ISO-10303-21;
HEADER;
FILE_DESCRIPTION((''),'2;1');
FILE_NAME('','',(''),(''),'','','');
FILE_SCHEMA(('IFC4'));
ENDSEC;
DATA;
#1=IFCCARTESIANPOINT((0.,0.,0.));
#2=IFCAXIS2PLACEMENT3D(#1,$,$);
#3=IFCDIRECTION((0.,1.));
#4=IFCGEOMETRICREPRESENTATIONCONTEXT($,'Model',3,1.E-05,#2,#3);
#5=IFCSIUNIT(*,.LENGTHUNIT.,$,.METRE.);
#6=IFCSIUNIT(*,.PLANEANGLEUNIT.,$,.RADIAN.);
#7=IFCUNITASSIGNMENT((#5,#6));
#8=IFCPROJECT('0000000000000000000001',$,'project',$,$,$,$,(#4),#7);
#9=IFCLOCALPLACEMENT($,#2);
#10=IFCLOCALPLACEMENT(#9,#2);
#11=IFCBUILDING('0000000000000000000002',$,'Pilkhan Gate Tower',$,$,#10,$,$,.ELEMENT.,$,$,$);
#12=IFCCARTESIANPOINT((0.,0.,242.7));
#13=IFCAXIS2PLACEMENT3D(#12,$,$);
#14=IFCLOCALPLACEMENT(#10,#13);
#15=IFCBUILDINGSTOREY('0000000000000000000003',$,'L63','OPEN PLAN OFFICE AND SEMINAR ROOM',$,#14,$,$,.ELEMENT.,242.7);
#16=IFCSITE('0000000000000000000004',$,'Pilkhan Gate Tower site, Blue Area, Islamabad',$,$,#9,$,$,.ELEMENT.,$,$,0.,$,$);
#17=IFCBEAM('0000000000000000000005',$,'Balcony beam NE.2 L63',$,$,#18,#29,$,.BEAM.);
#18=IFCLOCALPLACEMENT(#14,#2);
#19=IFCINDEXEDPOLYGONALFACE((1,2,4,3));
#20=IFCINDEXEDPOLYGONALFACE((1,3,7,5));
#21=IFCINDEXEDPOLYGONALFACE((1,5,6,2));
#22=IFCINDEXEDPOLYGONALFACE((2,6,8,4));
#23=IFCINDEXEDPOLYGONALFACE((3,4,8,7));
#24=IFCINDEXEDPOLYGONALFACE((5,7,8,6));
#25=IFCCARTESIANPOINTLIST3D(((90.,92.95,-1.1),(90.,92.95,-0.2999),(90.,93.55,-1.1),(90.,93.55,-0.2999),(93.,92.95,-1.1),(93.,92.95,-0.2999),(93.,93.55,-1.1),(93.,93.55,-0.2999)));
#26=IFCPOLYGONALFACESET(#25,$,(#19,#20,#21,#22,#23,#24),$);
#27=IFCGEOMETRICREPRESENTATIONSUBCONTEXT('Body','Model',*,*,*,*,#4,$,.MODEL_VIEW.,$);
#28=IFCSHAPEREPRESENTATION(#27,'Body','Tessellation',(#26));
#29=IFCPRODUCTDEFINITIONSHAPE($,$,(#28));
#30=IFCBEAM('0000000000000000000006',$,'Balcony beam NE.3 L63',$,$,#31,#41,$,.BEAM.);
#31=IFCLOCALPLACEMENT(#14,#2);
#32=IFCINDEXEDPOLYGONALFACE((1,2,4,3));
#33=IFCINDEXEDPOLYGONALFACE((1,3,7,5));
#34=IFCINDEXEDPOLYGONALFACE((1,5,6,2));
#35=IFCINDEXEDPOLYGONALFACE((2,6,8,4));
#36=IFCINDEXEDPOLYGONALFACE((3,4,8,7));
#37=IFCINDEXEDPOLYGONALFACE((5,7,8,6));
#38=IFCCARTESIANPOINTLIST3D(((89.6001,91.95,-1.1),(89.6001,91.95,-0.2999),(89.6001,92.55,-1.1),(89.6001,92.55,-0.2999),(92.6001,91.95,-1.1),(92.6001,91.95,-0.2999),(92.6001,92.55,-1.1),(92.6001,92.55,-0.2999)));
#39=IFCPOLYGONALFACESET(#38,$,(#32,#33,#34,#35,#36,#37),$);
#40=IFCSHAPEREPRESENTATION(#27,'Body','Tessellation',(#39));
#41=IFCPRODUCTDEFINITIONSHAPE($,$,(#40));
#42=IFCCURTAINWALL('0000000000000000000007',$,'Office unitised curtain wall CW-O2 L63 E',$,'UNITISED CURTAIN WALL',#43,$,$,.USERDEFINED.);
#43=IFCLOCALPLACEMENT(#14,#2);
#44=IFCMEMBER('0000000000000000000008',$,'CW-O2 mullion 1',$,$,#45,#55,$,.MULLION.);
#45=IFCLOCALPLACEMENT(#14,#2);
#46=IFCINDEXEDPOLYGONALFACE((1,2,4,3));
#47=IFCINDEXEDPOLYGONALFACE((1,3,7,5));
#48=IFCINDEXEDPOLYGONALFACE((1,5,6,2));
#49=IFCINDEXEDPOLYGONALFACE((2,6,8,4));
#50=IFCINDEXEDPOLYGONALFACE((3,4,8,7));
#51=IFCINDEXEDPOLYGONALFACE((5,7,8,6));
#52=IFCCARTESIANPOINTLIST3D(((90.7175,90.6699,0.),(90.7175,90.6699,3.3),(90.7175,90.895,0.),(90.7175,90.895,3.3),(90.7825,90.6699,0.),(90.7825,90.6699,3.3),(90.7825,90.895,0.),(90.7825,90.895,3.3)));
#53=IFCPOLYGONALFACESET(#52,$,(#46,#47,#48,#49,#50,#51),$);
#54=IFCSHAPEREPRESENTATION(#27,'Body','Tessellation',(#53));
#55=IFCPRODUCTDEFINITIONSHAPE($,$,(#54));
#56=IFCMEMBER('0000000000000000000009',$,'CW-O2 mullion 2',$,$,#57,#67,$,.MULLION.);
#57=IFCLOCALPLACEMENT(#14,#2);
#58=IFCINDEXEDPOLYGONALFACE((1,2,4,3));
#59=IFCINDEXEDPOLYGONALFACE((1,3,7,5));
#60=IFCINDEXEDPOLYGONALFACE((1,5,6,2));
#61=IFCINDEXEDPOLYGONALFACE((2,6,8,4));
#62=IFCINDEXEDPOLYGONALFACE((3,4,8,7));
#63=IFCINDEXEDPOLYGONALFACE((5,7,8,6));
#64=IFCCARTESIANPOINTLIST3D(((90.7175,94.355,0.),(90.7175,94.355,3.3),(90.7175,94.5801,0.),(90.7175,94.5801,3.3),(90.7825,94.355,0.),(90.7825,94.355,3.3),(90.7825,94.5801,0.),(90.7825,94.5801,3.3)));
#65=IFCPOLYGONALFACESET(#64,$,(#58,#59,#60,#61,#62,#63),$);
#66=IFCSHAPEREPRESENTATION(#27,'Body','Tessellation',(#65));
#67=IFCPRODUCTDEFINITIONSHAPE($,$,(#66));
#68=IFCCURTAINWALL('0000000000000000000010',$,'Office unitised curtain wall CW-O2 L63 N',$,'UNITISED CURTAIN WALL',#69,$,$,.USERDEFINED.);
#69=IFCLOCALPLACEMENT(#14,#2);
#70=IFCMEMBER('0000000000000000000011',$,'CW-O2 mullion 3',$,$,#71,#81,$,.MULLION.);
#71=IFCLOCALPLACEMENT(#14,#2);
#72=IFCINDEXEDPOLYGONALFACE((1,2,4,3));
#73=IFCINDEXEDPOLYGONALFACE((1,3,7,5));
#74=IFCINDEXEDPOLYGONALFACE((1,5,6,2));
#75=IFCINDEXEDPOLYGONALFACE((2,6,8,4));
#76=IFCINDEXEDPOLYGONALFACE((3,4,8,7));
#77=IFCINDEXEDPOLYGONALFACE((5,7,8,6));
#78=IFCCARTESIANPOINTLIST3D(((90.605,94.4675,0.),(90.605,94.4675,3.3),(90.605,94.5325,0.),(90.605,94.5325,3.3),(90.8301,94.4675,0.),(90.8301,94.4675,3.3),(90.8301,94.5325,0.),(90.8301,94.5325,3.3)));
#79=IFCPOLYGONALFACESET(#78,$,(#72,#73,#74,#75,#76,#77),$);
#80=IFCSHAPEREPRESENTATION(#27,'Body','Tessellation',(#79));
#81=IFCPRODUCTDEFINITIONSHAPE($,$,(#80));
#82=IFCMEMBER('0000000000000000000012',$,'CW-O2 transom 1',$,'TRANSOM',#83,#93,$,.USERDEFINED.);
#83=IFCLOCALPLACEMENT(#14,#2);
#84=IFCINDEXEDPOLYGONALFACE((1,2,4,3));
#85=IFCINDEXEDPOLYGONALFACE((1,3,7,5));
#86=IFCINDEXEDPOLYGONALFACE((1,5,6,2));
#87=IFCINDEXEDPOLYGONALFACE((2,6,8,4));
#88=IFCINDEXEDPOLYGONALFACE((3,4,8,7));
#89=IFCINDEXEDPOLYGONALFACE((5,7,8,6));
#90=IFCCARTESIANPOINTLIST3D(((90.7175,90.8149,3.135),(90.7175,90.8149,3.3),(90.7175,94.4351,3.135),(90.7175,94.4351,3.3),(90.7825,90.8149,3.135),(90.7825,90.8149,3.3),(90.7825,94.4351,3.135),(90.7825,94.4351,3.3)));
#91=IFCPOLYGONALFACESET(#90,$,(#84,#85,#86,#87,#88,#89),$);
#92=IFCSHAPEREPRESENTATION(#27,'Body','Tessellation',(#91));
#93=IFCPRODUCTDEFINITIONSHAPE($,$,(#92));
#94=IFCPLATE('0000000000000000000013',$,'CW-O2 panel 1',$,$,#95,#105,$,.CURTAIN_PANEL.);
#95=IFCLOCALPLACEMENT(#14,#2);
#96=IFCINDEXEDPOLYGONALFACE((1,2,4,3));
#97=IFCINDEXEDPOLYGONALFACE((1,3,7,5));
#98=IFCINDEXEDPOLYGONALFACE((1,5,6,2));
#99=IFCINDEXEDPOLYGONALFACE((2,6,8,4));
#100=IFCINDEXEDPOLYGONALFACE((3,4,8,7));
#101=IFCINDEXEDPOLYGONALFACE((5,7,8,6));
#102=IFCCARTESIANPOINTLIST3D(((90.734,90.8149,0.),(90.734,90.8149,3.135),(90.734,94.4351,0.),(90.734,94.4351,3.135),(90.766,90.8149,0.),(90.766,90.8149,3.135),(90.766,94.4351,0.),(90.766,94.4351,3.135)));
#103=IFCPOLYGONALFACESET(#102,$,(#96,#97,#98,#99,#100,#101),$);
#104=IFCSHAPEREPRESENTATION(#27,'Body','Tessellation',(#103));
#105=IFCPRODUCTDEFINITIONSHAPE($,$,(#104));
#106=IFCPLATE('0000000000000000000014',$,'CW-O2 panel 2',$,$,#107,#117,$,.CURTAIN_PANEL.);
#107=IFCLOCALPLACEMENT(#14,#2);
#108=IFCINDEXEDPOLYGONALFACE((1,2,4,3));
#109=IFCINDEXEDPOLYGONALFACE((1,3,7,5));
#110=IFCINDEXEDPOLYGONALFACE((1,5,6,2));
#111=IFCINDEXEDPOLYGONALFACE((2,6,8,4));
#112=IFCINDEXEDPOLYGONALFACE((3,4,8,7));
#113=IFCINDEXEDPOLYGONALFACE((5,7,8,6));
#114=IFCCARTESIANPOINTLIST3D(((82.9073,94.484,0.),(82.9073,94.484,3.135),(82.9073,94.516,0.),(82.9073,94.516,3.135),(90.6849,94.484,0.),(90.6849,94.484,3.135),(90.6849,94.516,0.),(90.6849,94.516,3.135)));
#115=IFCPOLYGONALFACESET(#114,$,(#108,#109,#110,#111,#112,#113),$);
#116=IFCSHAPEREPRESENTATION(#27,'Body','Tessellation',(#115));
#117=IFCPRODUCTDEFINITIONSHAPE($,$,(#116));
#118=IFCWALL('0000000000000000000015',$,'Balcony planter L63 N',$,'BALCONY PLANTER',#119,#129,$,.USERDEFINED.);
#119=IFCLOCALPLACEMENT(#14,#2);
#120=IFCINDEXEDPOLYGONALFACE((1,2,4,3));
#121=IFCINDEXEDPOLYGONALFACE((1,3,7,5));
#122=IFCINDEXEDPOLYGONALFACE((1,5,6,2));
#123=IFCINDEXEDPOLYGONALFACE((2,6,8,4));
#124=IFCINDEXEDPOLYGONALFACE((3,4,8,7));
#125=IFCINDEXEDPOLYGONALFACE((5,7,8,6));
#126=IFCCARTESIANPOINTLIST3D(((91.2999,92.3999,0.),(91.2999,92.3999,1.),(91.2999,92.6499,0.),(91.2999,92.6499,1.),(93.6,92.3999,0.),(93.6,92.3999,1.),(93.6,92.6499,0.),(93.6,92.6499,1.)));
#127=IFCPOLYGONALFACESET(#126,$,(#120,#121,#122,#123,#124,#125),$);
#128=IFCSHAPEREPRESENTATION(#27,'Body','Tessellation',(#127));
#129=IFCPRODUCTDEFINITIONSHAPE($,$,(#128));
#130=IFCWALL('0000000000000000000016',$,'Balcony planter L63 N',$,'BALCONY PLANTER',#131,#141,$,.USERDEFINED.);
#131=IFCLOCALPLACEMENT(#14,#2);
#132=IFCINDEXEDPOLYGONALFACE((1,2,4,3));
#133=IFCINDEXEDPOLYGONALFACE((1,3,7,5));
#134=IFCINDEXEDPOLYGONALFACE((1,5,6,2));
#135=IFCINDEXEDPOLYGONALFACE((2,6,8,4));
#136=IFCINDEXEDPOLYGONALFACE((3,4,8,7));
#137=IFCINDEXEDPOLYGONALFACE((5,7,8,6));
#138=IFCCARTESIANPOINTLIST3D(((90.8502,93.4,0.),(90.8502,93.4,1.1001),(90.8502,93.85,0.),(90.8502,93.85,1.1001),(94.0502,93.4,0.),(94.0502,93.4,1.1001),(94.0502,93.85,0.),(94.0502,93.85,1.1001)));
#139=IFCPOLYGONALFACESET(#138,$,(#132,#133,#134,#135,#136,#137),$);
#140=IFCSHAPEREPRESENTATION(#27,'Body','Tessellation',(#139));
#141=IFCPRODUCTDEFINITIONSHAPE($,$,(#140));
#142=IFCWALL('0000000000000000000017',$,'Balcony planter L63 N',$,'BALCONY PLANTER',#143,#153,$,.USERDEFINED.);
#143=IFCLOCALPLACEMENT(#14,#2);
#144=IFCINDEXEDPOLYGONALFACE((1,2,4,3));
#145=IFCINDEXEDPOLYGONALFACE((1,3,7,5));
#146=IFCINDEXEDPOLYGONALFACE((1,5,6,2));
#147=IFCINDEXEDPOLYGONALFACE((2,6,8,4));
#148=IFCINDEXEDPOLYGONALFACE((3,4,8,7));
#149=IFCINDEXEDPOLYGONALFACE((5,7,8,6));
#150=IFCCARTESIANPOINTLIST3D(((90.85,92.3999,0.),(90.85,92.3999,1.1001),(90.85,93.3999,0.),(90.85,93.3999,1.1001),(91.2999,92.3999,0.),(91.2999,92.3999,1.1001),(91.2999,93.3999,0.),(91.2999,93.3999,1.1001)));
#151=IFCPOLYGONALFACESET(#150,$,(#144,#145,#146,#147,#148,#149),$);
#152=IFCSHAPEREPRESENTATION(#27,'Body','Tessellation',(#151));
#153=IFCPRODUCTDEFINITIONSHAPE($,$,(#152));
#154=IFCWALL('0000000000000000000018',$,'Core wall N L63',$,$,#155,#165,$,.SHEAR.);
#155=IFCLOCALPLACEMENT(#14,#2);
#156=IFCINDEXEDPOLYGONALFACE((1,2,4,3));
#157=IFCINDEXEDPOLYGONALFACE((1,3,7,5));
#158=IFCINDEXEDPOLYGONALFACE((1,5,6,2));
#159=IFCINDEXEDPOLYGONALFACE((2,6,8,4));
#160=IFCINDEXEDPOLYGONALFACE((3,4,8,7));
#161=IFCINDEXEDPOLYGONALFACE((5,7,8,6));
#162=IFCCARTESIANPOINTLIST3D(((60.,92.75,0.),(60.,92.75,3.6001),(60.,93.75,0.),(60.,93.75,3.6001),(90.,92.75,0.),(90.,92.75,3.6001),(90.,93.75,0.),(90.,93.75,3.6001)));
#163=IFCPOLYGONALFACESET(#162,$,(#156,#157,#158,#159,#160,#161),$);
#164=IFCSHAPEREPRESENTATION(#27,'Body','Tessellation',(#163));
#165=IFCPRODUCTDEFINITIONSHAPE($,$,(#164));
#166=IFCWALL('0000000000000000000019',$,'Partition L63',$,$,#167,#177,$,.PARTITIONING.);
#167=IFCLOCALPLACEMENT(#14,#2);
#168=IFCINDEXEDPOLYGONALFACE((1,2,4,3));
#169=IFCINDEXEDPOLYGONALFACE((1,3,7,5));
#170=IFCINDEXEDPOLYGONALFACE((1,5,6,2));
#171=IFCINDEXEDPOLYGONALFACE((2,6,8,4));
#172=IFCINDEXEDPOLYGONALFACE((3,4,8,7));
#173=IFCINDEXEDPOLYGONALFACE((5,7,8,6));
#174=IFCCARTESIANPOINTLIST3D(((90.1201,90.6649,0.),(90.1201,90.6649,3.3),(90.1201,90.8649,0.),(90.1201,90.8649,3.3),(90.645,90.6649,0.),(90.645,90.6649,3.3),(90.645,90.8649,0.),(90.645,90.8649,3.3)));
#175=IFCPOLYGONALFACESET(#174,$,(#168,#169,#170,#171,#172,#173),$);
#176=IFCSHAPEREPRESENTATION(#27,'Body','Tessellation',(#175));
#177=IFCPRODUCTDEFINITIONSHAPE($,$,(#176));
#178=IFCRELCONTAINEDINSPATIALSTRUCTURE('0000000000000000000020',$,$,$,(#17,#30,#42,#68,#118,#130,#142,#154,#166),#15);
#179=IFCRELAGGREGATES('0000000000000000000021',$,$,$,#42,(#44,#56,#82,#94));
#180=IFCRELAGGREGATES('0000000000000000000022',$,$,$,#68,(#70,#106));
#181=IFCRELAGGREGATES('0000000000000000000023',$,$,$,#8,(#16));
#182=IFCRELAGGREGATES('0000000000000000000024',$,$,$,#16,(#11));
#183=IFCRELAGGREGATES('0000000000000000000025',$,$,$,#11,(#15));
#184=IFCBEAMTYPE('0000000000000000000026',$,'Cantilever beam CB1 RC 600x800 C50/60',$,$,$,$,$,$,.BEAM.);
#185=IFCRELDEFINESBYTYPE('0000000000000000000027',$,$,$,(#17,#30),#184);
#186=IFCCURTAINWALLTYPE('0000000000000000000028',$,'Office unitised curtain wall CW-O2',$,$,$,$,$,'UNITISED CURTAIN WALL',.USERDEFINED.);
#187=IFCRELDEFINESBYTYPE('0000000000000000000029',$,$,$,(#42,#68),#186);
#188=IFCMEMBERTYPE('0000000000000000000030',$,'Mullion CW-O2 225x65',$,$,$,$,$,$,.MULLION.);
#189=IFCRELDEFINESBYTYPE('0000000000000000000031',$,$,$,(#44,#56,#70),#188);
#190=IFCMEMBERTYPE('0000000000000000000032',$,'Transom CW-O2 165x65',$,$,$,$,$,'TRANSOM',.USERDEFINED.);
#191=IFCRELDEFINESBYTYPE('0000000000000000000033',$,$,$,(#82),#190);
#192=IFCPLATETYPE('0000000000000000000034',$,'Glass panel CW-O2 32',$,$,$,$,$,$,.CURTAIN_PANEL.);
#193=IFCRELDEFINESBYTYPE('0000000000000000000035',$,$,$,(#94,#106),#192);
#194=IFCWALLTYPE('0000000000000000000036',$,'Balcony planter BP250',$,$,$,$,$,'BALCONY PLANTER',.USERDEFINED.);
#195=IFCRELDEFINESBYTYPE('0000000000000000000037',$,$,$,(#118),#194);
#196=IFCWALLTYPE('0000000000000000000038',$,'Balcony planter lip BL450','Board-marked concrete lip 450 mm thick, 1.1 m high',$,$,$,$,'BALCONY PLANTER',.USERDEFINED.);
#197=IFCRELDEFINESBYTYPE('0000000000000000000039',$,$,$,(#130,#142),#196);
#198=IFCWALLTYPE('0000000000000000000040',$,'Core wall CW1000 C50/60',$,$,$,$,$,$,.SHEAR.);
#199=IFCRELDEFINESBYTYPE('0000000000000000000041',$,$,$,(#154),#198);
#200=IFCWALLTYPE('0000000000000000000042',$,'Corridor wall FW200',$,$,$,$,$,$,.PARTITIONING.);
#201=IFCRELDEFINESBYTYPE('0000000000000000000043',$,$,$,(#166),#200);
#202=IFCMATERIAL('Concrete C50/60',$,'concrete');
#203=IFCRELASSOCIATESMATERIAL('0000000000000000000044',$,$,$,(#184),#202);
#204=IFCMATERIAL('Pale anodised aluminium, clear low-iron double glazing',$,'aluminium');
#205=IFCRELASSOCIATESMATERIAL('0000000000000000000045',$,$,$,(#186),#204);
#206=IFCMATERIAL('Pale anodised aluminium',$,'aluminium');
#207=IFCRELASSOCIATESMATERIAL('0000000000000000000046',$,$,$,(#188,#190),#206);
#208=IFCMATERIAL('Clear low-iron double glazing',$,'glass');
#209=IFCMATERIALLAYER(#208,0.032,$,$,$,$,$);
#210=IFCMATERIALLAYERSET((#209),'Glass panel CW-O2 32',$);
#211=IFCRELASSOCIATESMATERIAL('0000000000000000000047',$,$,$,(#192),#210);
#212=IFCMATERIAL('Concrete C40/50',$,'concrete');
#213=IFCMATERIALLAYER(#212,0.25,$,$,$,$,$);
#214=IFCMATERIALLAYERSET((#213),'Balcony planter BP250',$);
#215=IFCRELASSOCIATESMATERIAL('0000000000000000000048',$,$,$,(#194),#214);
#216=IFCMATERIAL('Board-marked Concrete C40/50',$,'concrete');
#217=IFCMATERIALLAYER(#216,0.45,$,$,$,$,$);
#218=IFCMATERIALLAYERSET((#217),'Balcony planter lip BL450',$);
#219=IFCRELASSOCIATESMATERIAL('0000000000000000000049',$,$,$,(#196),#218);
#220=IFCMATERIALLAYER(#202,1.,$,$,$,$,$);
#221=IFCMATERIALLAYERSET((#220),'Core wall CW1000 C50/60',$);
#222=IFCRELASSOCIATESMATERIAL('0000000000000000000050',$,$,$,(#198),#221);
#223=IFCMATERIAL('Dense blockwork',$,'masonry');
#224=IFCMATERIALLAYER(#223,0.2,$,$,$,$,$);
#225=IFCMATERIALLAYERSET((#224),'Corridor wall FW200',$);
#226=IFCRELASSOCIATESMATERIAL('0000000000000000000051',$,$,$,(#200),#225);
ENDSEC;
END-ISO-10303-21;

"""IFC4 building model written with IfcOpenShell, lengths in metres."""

from ifc_helpers import new_model, si_unit, direction, frame, frame_2d, origin, origin_2d, place, context, subcontext, project, spatial, rectangle, extrude, material, layer, layer_set, material_profile, profile_set, type_object, element, aggregate, save


model = new_model("IFC4")

# Units and contexts
model_context = context("Model", 3, precision=1e-05, world=origin(), true_north=direction((0.0, 1.0)))
body_context = subcontext(model_context, "Body", "Model", "MODEL_VIEW")
ifc_project = project(units=[si_unit("LENGTHUNIT", "METRE"), si_unit("PLANEANGLEUNIT", "RADIAN")], contexts=[model_context])

# Site, building, storey
site_placement = place(None, origin())
site = spatial("IfcSite", under=ifc_project, at=site_placement, Name="Pilkhan Gate Tower site, Blue Area, Islamabad", CompositionType="ELEMENT", RefElevation=0.0)
building_placement = place(site_placement, origin())
building = spatial("IfcBuilding", under=site, at=building_placement, Name="Pilkhan Gate Tower", CompositionType="ELEMENT")
storey_placement = place(building_placement, frame((0.0, 0.0, 242.7)))
storey = spatial("IfcBuildingStorey", under=building, at=storey_placement, Name="L63", Description="OPEN PLAN OFFICE AND SEMINAR ROOM", CompositionType="ELEMENT", Elevation=242.7)

# Beams
ifc_material_1 = material(Name="Concrete C50/60", Category="concrete")
ifc_material_profile_1 = material_profile(ifc_material_1, rectangle(XDim=0.6001, YDim=0.8, at=origin_2d()), Name="RC 600x800")
ifc_profile_set_1 = profile_set([ifc_material_profile_1], Name="Concrete C50/60")
beam_type = type_object("IfcBeamType", Name="Cantilever beam CB1 RC 600x800 C50/60", PredefinedType="BEAM", material=ifc_profile_set_1)
for number, where, z_axis, x_axis, name in (
    (1, (90.0, 93.25, -0.7), (1.0, 0.0, 0.0), (0.0, 1.0, 0.0), "Balcony beam NE.2 L63"),
    (2, (89.6001, 92.25, -0.7), (1.0, 0.0, 0.0), (0.0, 1.0, 0.0), "Balcony beam NE.3 L63"),
):
    element("IfcBeam", number, at=place(storey_placement, frame(where, z_axis=z_axis, x_axis=x_axis)), inside=storey, type_object=beam_type, Name=name, PredefinedType="BEAM", context=body_context, shape_type="SweptSolid", body=[
        extrude(rectangle(XDim=0.6001, YDim=0.8, at=origin_2d()), origin(), (0.0, 0.0, 1.0), 3.0),
    ])

# Curtain wall, members
ifc_material_2 = material(Name="Pale anodised aluminium, clear low-iron double glazing", Category="aluminium")
curtain_wall_type = type_object("IfcCurtainWallType", Name="Office unitised curtain wall CW-O2", ElementType="UNITISED CURTAIN WALL", PredefinedType="USERDEFINED", material=ifc_material_2)
curtain_wall_1_placement = place(storey_placement, origin())
curtain_wall_1 = element("IfcCurtainWall", 3, at=curtain_wall_1_placement, inside=storey, type_object=curtain_wall_type, Name="Office unitised curtain wall CW-O2 L63 E", ObjectType="UNITISED CURTAIN WALL", PredefinedType="USERDEFINED")
ifc_material_3 = material(Name="Pale anodised aluminium", Category="aluminium")
ifc_material_profile_2 = material_profile(ifc_material_3, rectangle(XDim=0.0649, YDim=0.2251, at=origin_2d()), Name="Mullion 225x65")
ifc_profile_set_2 = profile_set([ifc_material_profile_2], Name="Pale anodised aluminium")
member_type_1 = type_object("IfcMemberType", Name="Mullion CW-O2 225x65", PredefinedType="MULLION", material=ifc_profile_set_2)
member_1_placement = place(storey_placement, frame((90.75, 90.7825, 0.0), z_axis=(0.0, 0.0, 1.0), x_axis=(-1.0, 0.0, 0.0)))
member_1 = element("IfcMember", 4, at=member_1_placement, type_object=member_type_1, Name="CW-O2 mullion 1", PredefinedType="MULLION", context=body_context, shape_type="SweptSolid", body=[
    extrude(rectangle(XDim=0.0649, YDim=0.2251, at=origin_2d()), origin(), (0.0, 0.0, 1.0), 3.3),
])
member_2_placement = place(storey_placement, frame((90.75, 94.4675, 0.0), z_axis=(0.0, 0.0, 1.0), x_axis=(-1.0, 0.0, 0.0)))
member_2 = element("IfcMember", 5, at=member_2_placement, type_object=member_type_1, Name="CW-O2 mullion 2", PredefinedType="MULLION", context=body_context, shape_type="SweptSolid", body=[
    extrude(rectangle(XDim=0.0649, YDim=0.2251, at=origin_2d()), origin(), (0.0, 0.0, 1.0), 3.3),
])

# Curtain wall, member
curtain_wall_2_placement = place(storey_placement, origin())
curtain_wall_2 = element("IfcCurtainWall", 6, at=curtain_wall_2_placement, inside=storey, type_object=curtain_wall_type, Name="Office unitised curtain wall CW-O2 L63 N", ObjectType="UNITISED CURTAIN WALL", PredefinedType="USERDEFINED")
member_3_placement = place(storey_placement, frame((90.7175, 94.5, 0.0), z_axis=(0.0, 0.0, 1.0), x_axis=(0.0, 1.0, 0.0)))
member_3 = element("IfcMember", 7, at=member_3_placement, type_object=member_type_1, Name="CW-O2 mullion 3", PredefinedType="MULLION", context=body_context, shape_type="SweptSolid", body=[
    extrude(rectangle(XDim=0.0649, YDim=0.2251, at=origin_2d()), origin(), (0.0, 0.0, 1.0), 3.3),
])

# Member
ifc_material_profile_3 = material_profile(ifc_material_3, rectangle(XDim=0.0649, YDim=0.165, at=origin_2d()), Name="Transom 165x65")
ifc_profile_set_3 = profile_set([ifc_material_profile_3], Name="Pale anodised aluminium")
member_type_2 = type_object("IfcMemberType", Name="Transom CW-O2 165x65", ElementType="TRANSOM", PredefinedType="USERDEFINED", material=ifc_profile_set_3)
member_4_placement = place(storey_placement, frame((90.75, 90.8149, 3.2175), z_axis=(0.0, 1.0, 0.0), x_axis=(-1.0, 0.0, 0.0)))
member_4 = element("IfcMember", 8, at=member_4_placement, type_object=member_type_2, Name="CW-O2 transom 1", ObjectType="TRANSOM", PredefinedType="USERDEFINED", context=body_context, shape_type="SweptSolid", body=[
    extrude(rectangle(XDim=0.0649, YDim=0.165, at=origin_2d()), origin(), (0.0, 0.0, 1.0), 3.6201),
])

# Plates
ifc_material_4 = material(Name="Clear low-iron double glazing", Category="glass")
ifc_layer_1 = layer(ifc_material_4, 0.032)
ifc_layer_set_1 = layer_set([ifc_layer_1], Name="Glass panel CW-O2 32")
plate_type = type_object("IfcPlateType", Name="Glass panel CW-O2 32", PredefinedType="CURTAIN_PANEL", material=ifc_layer_set_1)
plate_1_placement = place(storey_placement, frame((90.75, 92.625, 0.0), z_axis=(0.0, 0.0, 1.0), x_axis=(0.0, 1.0, 0.0)))
plate_1 = element("IfcPlate", 9, at=plate_1_placement, type_object=plate_type, Name="CW-O2 panel 1", PredefinedType="CURTAIN_PANEL", context=body_context, shape_type="SweptSolid", body=[
    extrude(rectangle(XDim=3.6201, YDim=0.032, at=origin_2d()), origin(), (0.0, 0.0, 1.0), 3.135),
])
aggregate(curtain_wall_1, [member_1, member_2, member_4, plate_1])
plate_2_placement = place(storey_placement, frame((86.7961, 94.5, 0.0), z_axis=(0.0, 0.0, 1.0), x_axis=(1.0, 0.0, 0.0)))
plate_2 = element("IfcPlate", 10, at=plate_2_placement, type_object=plate_type, Name="CW-O2 panel 2", PredefinedType="CURTAIN_PANEL", context=body_context, shape_type="SweptSolid", body=[
    extrude(rectangle(XDim=7.7776, YDim=0.032, at=origin_2d()), origin(), (0.0, 0.0, 1.0), 3.135),
])
aggregate(curtain_wall_2, [member_3, plate_2])

# Walls
ifc_material_5 = material(Name="Concrete C40/50", Category="concrete")
ifc_layer_2 = layer(ifc_material_5, 0.25)
ifc_layer_set_2 = layer_set([ifc_layer_2], Name="Balcony planter BP250")
wall_type_1 = type_object("IfcWallType", Name="Balcony planter BP250", ElementType="BALCONY PLANTER", PredefinedType="USERDEFINED", material=ifc_layer_set_2)
wall_1_placement = place(storey_placement, frame((91.3, 92.5249, 0.0), z_axis=(0.0, 0.0, 1.0), x_axis=(1.0, 0.0, 0.0)))
element("IfcWall", 11, at=wall_1_placement, inside=storey, type_object=wall_type_1, Name="Balcony planter L63 N", ObjectType="BALCONY PLANTER", PredefinedType="USERDEFINED", context=body_context, shape_type="SweptSolid", body=[
    extrude(rectangle(XDim=2.3, YDim=0.25, at=frame_2d((1.1499, 0.0))), origin(), (0.0, 0.0, 1.0), 1.0),
])
ifc_material_6 = material(Name="Board-marked Concrete C40/50", Category="concrete")
ifc_layer_3 = layer(ifc_material_6, 0.45)
ifc_layer_set_3 = layer_set([ifc_layer_3], Name="Balcony planter lip BL450")
wall_type_2 = type_object("IfcWallType", Name="Balcony planter lip BL450", Description="Board-marked concrete lip 450 mm thick, 1.1 m high", ElementType="BALCONY PLANTER", PredefinedType="USERDEFINED", material=ifc_layer_set_3)
wall_2_placement = place(storey_placement, frame((90.8501, 93.625, 0.0), z_axis=(0.0, 0.0, 1.0), x_axis=(1.0, 0.0, 0.0)))
element("IfcWall", 12, at=wall_2_placement, inside=storey, type_object=wall_type_2, Name="Balcony planter L63 N", ObjectType="BALCONY PLANTER", PredefinedType="USERDEFINED", context=body_context, shape_type="SweptSolid", body=[
    extrude(rectangle(XDim=3.2, YDim=0.45, at=frame_2d((1.6001, 0.0))), origin(), (0.0, 0.0, 1.0), 1.1001),
])
wall_3_placement = place(storey_placement, frame((91.075, 92.3999, 0.0), z_axis=(0.0, 0.0, 1.0), x_axis=(0.0, 1.0, 0.0)))
element("IfcWall", 13, at=wall_3_placement, inside=storey, type_object=wall_type_2, Name="Balcony planter L63 N", ObjectType="BALCONY PLANTER", PredefinedType="USERDEFINED", context=body_context, shape_type="SweptSolid", body=[
    extrude(rectangle(XDim=1.0, YDim=0.45, at=frame_2d((0.5, 0.0))), origin(), (0.0, 0.0, 1.0), 1.1001),
])
ifc_layer_4 = layer(ifc_material_1, 1.0)
ifc_layer_set_4 = layer_set([ifc_layer_4], Name="Core wall CW1000 C50/60")
wall_type_3 = type_object("IfcWallType", Name="Core wall CW1000 C50/60", PredefinedType="SHEAR", material=ifc_layer_set_4)
wall_4_placement = place(storey_placement, frame((90.0, 93.25, 0.0), z_axis=(0.0, 0.0, 1.0), x_axis=(-1.0, 0.0, 0.0)))
element("IfcWall", 14, at=wall_4_placement, inside=storey, type_object=wall_type_3, Name="Core wall N L63", PredefinedType="SHEAR", context=body_context, shape_type="SweptSolid", body=[
    extrude(rectangle(XDim=30.0, YDim=1.0, at=frame_2d((15.0, 0.0))), origin(), (0.0, 0.0, 1.0), 3.6001),
])
ifc_material_7 = material(Name="Dense blockwork", Category="masonry")
ifc_layer_5 = layer(ifc_material_7, 0.2)
ifc_layer_set_5 = layer_set([ifc_layer_5], Name="Corridor wall FW200")
wall_type_4 = type_object("IfcWallType", Name="Corridor wall FW200", PredefinedType="PARTITIONING", material=ifc_layer_set_5)
wall_5_placement = place(storey_placement, frame((90.1201, 90.7649, 0.0), z_axis=(0.0, 0.0, 1.0), x_axis=(1.0, 0.0, 0.0)))
element("IfcWall", 15, at=wall_5_placement, inside=storey, type_object=wall_type_4, Name="Partition L63", PredefinedType="PARTITIONING", context=body_context, shape_type="SweptSolid", body=[
    extrude(rectangle(XDim=0.5249, YDim=0.2, at=frame_2d((0.2625, 0.0))), origin(), (0.0, 0.0, 1.0), 3.3),
])

save(model, "model.ifc")
